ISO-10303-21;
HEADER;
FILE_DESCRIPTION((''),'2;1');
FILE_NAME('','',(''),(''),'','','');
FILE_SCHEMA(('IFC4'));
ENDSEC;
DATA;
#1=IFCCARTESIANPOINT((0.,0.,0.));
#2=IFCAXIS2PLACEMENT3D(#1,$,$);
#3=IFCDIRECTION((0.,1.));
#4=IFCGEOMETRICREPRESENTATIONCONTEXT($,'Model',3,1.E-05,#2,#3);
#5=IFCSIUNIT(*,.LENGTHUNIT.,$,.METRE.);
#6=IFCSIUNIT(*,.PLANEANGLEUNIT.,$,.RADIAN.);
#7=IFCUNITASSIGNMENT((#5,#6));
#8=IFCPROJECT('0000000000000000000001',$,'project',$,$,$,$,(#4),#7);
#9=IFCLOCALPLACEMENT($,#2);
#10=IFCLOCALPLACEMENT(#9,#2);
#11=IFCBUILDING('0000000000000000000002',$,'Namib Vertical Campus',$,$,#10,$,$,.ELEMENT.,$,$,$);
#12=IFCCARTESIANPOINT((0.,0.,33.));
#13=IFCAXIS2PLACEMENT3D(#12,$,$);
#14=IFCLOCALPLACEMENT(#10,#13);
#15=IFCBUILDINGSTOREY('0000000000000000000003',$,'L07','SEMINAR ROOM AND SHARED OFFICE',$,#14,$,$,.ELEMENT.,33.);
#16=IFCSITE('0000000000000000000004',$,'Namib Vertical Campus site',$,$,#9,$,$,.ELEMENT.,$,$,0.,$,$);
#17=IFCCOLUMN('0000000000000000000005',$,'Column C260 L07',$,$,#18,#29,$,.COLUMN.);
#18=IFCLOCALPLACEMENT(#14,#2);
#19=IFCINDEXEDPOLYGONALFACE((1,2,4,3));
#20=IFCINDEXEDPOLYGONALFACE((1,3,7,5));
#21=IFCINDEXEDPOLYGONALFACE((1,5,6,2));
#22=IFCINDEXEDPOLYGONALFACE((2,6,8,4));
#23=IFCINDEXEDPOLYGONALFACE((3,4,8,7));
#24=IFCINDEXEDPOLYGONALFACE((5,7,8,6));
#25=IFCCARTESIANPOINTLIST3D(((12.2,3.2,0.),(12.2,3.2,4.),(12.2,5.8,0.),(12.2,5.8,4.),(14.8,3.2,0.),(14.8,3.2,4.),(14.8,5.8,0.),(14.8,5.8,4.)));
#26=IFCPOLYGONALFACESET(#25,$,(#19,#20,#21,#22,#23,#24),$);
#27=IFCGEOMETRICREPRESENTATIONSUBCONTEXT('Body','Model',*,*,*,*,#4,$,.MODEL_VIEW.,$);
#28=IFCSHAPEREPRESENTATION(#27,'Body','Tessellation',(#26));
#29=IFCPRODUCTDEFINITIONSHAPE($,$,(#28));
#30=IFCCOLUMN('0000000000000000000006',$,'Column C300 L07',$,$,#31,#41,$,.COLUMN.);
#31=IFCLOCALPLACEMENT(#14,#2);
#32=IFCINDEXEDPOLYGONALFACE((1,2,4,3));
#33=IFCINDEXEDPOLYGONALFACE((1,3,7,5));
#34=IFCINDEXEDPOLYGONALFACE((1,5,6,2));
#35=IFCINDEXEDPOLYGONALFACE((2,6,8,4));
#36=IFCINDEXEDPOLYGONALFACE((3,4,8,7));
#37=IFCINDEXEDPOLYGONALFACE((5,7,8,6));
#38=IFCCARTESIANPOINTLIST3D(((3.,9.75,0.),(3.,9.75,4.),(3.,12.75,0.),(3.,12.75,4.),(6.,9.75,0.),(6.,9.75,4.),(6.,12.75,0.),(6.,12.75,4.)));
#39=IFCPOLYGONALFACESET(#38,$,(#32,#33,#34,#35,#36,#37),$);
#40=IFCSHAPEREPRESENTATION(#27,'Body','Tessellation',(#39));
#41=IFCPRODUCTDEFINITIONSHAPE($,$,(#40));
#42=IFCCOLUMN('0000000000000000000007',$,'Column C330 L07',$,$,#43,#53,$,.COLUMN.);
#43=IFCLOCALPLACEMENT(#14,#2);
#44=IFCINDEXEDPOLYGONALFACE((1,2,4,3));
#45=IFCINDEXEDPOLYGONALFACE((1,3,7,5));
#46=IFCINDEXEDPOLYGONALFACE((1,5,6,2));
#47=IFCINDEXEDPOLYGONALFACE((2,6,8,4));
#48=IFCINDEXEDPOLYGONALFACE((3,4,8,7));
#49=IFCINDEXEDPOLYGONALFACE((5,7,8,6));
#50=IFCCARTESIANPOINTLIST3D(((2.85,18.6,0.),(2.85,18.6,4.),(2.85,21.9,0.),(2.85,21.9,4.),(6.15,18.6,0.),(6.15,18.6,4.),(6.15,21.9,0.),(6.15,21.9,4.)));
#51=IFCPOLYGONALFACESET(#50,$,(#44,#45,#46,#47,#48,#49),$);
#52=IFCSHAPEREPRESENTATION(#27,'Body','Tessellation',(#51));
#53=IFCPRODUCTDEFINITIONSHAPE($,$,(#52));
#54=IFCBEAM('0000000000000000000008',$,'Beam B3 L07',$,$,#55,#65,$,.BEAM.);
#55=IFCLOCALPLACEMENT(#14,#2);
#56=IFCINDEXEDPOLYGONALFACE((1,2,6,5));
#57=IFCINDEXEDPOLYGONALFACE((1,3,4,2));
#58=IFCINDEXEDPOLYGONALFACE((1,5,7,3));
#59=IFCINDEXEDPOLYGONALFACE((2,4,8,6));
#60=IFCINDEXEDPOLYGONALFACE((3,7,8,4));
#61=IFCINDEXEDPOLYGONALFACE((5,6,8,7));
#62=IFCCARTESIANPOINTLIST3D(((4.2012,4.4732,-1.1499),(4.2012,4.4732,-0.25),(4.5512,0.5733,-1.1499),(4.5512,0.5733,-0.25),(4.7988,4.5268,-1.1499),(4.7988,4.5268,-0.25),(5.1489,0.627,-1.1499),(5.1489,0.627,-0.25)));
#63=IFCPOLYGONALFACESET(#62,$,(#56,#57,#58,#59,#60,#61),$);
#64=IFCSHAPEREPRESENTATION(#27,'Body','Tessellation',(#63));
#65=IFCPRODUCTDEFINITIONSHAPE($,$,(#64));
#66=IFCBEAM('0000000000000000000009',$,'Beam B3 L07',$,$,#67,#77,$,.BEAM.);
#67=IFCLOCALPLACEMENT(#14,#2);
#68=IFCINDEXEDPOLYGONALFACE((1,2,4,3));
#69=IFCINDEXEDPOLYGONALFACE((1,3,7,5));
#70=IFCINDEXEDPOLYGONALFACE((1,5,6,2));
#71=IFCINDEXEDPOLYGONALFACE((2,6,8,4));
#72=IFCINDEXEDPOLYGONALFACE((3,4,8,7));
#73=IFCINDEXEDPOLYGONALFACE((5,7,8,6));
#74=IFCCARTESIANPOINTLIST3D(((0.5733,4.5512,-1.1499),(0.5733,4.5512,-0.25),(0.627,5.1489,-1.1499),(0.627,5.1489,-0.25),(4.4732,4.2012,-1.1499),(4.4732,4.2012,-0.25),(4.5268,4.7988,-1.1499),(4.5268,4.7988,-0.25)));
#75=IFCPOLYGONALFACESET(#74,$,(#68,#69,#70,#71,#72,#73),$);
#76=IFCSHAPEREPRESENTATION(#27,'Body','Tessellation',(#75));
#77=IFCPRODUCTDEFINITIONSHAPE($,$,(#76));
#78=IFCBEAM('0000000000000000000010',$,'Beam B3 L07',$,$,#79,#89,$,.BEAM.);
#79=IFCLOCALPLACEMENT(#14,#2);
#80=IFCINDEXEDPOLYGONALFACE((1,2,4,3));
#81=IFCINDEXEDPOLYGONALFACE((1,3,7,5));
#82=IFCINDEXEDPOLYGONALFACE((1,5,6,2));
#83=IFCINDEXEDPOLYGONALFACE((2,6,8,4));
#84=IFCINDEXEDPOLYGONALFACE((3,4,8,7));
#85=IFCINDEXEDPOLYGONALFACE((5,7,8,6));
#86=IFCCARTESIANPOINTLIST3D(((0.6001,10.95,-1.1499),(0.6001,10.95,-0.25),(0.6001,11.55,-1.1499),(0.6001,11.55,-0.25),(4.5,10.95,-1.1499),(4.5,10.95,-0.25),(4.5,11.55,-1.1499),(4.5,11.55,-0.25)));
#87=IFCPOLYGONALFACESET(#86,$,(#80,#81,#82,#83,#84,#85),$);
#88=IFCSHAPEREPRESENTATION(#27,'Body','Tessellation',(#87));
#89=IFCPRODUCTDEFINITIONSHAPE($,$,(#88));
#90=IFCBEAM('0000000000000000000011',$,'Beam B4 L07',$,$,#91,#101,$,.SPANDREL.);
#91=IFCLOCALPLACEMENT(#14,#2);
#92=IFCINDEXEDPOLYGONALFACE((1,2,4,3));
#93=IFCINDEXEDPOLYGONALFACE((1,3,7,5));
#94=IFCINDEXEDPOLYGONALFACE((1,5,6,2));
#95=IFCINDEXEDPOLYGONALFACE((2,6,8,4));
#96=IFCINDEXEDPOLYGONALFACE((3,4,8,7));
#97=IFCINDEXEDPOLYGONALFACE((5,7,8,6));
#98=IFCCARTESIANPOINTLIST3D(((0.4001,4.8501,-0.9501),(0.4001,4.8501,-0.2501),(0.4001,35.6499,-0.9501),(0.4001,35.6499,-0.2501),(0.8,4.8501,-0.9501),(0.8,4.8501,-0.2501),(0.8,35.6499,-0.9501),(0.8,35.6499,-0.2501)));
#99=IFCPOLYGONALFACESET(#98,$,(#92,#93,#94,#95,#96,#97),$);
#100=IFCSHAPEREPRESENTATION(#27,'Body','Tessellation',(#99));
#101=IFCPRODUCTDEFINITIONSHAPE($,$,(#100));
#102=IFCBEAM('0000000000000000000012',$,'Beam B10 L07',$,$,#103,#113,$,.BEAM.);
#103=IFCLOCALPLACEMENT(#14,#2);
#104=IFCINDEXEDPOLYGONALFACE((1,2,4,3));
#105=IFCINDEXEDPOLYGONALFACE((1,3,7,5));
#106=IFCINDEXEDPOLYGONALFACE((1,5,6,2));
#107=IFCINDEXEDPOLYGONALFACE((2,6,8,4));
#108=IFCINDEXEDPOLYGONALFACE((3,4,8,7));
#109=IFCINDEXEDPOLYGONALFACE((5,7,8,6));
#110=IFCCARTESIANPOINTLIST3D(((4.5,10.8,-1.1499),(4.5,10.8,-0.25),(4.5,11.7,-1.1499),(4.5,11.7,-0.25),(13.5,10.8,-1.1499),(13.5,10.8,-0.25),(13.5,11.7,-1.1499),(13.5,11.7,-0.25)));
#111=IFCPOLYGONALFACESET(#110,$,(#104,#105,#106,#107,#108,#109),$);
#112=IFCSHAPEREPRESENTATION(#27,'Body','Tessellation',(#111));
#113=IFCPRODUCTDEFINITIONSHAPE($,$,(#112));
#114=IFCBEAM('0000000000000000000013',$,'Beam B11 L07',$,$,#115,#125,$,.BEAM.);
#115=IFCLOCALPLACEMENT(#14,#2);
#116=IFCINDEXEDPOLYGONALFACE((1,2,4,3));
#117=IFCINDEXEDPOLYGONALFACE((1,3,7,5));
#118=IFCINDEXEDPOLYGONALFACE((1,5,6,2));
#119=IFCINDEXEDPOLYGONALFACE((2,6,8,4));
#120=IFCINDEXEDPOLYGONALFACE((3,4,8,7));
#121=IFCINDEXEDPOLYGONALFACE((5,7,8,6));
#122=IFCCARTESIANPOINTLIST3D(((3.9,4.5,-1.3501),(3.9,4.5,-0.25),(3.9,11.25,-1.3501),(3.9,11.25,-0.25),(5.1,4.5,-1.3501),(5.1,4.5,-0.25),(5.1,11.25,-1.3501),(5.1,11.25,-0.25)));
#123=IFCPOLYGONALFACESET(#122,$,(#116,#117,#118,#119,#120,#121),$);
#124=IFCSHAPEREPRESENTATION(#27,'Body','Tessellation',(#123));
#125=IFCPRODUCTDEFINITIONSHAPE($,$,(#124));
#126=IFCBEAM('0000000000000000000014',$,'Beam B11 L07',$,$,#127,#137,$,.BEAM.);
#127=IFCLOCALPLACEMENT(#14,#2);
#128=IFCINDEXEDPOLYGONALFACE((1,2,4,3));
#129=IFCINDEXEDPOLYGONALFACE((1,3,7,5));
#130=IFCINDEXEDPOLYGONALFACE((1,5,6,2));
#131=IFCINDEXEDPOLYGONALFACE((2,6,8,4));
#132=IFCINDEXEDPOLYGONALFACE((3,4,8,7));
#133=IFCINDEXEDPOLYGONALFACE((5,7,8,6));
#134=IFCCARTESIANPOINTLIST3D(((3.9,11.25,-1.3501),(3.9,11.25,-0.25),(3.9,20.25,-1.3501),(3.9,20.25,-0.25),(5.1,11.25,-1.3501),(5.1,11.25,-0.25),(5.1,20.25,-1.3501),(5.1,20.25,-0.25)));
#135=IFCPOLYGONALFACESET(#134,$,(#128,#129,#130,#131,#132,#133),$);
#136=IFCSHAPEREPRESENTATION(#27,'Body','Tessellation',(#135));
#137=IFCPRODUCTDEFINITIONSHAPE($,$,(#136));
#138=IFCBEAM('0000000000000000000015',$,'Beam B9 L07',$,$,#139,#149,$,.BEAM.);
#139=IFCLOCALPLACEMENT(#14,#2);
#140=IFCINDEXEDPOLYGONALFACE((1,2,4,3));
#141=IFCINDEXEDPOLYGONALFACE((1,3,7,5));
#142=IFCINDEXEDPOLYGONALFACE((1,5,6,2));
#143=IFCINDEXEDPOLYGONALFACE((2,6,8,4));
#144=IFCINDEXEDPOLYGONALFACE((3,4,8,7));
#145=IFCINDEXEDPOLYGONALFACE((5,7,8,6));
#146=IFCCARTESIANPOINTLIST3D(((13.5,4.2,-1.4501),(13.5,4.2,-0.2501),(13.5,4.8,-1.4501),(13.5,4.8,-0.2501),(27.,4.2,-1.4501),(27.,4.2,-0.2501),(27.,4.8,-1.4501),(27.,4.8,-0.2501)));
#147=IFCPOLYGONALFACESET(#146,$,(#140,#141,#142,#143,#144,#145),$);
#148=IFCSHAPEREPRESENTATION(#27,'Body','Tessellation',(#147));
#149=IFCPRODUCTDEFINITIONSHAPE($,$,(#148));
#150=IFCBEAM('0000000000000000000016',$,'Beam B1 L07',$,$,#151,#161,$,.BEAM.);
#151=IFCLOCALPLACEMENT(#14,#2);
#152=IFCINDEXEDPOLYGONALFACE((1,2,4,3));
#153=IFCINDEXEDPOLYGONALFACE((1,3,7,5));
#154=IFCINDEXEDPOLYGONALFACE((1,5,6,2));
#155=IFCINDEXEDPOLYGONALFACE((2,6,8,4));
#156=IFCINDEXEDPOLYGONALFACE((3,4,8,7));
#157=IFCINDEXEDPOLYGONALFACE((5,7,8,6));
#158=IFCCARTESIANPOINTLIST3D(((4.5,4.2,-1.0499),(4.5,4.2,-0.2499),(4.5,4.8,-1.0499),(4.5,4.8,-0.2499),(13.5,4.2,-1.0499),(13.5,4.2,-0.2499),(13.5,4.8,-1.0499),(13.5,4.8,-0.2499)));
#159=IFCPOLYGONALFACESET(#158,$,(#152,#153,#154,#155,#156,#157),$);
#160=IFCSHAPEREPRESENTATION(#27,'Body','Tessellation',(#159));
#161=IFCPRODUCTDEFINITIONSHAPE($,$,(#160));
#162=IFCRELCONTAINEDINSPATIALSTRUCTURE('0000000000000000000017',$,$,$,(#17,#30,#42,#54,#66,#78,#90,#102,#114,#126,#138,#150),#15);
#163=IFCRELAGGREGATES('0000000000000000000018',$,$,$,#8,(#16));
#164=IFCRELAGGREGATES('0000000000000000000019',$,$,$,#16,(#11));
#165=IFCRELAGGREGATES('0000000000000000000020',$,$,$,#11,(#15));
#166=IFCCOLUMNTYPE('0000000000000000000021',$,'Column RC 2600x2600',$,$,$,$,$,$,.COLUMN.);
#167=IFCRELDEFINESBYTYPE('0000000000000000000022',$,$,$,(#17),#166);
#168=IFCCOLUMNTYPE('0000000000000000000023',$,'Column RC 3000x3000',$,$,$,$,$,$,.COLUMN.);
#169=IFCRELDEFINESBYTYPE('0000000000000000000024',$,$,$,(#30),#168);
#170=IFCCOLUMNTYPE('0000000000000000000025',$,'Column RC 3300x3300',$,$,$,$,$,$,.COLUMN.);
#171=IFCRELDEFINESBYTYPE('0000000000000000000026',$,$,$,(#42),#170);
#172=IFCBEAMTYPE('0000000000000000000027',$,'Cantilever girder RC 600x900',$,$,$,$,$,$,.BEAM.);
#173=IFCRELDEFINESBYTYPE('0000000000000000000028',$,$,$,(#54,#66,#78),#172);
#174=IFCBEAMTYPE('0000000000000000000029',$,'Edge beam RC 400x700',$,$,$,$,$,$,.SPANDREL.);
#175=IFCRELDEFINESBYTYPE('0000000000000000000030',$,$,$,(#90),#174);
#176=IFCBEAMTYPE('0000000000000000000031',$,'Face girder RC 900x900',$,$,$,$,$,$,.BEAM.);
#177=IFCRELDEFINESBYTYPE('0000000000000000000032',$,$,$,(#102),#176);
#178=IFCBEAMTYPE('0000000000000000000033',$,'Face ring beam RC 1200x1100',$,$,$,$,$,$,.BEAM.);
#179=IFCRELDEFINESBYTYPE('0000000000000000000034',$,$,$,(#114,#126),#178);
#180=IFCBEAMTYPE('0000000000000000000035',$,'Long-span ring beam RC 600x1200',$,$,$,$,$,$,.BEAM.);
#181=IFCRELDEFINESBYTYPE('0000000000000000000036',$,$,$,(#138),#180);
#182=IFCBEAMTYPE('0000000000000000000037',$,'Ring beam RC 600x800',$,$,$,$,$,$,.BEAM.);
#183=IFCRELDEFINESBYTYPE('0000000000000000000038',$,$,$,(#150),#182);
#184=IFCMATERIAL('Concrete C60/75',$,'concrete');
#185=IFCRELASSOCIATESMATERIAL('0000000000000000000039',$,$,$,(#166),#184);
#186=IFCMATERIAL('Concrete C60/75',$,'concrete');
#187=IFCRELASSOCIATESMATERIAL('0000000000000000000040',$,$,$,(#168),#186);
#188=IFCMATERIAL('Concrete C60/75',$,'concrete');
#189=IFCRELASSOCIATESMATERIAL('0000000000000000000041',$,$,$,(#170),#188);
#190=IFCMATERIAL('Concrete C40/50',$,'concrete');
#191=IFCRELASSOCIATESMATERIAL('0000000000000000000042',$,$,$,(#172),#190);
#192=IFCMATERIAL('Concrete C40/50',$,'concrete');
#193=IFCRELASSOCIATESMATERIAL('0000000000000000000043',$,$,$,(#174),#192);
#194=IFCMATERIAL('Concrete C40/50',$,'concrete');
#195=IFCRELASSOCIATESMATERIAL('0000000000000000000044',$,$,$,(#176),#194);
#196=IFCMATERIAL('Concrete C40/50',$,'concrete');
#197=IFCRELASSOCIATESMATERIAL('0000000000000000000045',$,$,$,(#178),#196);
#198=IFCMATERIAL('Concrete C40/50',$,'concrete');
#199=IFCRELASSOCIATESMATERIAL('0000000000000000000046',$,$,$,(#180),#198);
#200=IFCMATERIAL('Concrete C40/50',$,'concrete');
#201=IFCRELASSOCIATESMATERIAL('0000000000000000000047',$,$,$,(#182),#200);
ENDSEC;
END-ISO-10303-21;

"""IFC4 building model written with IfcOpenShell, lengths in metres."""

from ifc_helpers import new_model, si_unit, direction, frame, origin, origin_2d, place, context, subcontext, project, spatial, rectangle, extrude, material, material_profile, profile_set, type_object, element, save


model = new_model("IFC4")

# Units and contexts
model_context = context("Model", 3, precision=1e-05, world=origin(), true_north=direction((0.0, 1.0)))
body_context = subcontext(model_context, "Body", "Model", "MODEL_VIEW")
ifc_project = project(units=[si_unit("LENGTHUNIT", "METRE"), si_unit("PLANEANGLEUNIT", "RADIAN")], contexts=[model_context])

# Site, building, storey
site_placement = place(None, origin())
site = spatial("IfcSite", under=ifc_project, at=site_placement, Name="Namib Vertical Campus site", CompositionType="ELEMENT", RefElevation=0.0)
building_placement = place(site_placement, origin())
building = spatial("IfcBuilding", under=site, at=building_placement, Name="Namib Vertical Campus", CompositionType="ELEMENT")
storey_placement = place(building_placement, frame((0.0, 0.0, 33.0)))
storey = spatial("IfcBuildingStorey", under=building, at=storey_placement, Name="L07", Description="SEMINAR ROOM AND SHARED OFFICE", CompositionType="ELEMENT", Elevation=33.0)

# Columns
ifc_material_1 = material(Name="Concrete C60/75", Category="concrete")
ifc_material_profile_1 = material_profile(ifc_material_1, rectangle(XDim=2.6001, YDim=2.6001, at=origin_2d()))
ifc_profile_set_1 = profile_set([ifc_material_profile_1], Name="Concrete C60/75")
column_type_1 = type_object("IfcColumnType", Name="Column RC 2600x2600", PredefinedType="COLUMN", material=ifc_profile_set_1)
column_1_placement = place(storey_placement, frame((13.5, 4.5, 0.0), z_axis=(0.0, 0.0, 1.0), x_axis=(1.0, 0.0, 0.0)))
element("IfcColumn", 1, at=column_1_placement, inside=storey, type_object=column_type_1, Name="Column C260 L07", PredefinedType="COLUMN", context=body_context, shape_type="SweptSolid", body=[
    extrude(rectangle(XDim=2.6001, YDim=2.6001, at=origin_2d()), origin(), (0.0, 0.0, 1.0), 4.0),
])
ifc_material_2 = material(Name="Concrete C60/75", Category="concrete")
ifc_material_profile_2 = material_profile(ifc_material_2, rectangle(XDim=3.0, YDim=3.0, at=origin_2d()))
ifc_profile_set_2 = profile_set([ifc_material_profile_2], Name="Concrete C60/75")
column_type_2 = type_object("IfcColumnType", Name="Column RC 3000x3000", PredefinedType="COLUMN", material=ifc_profile_set_2)
column_2_placement = place(storey_placement, frame((4.5, 11.25, 0.0), z_axis=(0.0, 0.0, 1.0), x_axis=(1.0, 0.0, 0.0)))
element("IfcColumn", 2, at=column_2_placement, inside=storey, type_object=column_type_2, Name="Column C300 L07", PredefinedType="COLUMN", context=body_context, shape_type="SweptSolid", body=[
    extrude(rectangle(XDim=3.0, YDim=3.0, at=origin_2d()), origin(), (0.0, 0.0, 1.0), 4.0),
])
ifc_material_3 = material(Name="Concrete C60/75", Category="concrete")
ifc_material_profile_3 = material_profile(ifc_material_3, rectangle(XDim=3.3, YDim=3.3, at=origin_2d()))
ifc_profile_set_3 = profile_set([ifc_material_profile_3], Name="Concrete C60/75")
column_type_3 = type_object("IfcColumnType", Name="Column RC 3300x3300", PredefinedType="COLUMN", material=ifc_profile_set_3)
column_3_placement = place(storey_placement, frame((4.5, 20.25, 0.0), z_axis=(0.0, 0.0, 1.0), x_axis=(1.0, 0.0, 0.0)))
element("IfcColumn", 3, at=column_3_placement, inside=storey, type_object=column_type_3, Name="Column C330 L07", PredefinedType="COLUMN", context=body_context, shape_type="SweptSolid", body=[
    extrude(rectangle(XDim=3.3, YDim=3.3, at=origin_2d()), origin(), (0.0, 0.0, 1.0), 4.0),
])

# Beams
ifc_material_4 = material(Name="Concrete C40/50", Category="concrete")
ifc_material_profile_4 = material_profile(ifc_material_4, rectangle(XDim=0.6001, YDim=0.8999, at=origin_2d()))
ifc_profile_set_4 = profile_set([ifc_material_profile_4], Name="Concrete C40/50")
beam_type_1 = type_object("IfcBeamType", Name="Cantilever girder RC 600x900", PredefinedType="BEAM", material=ifc_profile_set_4)
for number, where, z_axis, x_axis, name in (
    (4, (4.5, 4.5, -0.7), (0.089411, -0.995995, 0.0), (0.995995, 0.089411, 0.0), "Beam B3 L07"),
    (5, (4.5, 4.5, -0.7), (-0.995995, 0.089411, 0.0), (-0.089411, -0.995995, 0.0), "Beam B3 L07"),
):
    element("IfcBeam", number, at=place(storey_placement, frame(where, z_axis=z_axis, x_axis=x_axis)), inside=storey, type_object=beam_type_1, Name=name, PredefinedType="BEAM", context=body_context, shape_type="SweptSolid", body=[
        extrude(rectangle(XDim=0.6001, YDim=0.8999, at=origin_2d()), origin(), (0.0, 0.0, 1.0), 3.9155),
    ])
beam_1_placement = place(storey_placement, frame((4.5, 11.25, -0.7), z_axis=(-1.0, 0.0, 0.0), x_axis=(0.0, -1.0, 0.0)))
element("IfcBeam", 6, at=beam_1_placement, inside=storey, type_object=beam_type_1, Name="Beam B3 L07", PredefinedType="BEAM", context=body_context, shape_type="SweptSolid", body=[
    extrude(rectangle(XDim=0.6001, YDim=0.8999, at=origin_2d()), origin(), (0.0, 0.0, 1.0), 3.8999),
])
ifc_material_5 = material(Name="Concrete C40/50", Category="concrete")
ifc_material_profile_5 = material_profile(ifc_material_5, rectangle(XDim=0.3999, YDim=0.7, at=origin_2d()))
ifc_profile_set_5 = profile_set([ifc_material_profile_5], Name="Concrete C40/50")
beam_type_2 = type_object("IfcBeamType", Name="Edge beam RC 400x700", PredefinedType="SPANDREL", material=ifc_profile_set_5)
beam_2_placement = place(storey_placement, frame((0.6001, 4.8501, -0.6001), z_axis=(0.0, 1.0, 0.0), x_axis=(-1.0, 0.0, 0.0)))
element("IfcBeam", 7, at=beam_2_placement, inside=storey, type_object=beam_type_2, Name="Beam B4 L07", PredefinedType="SPANDREL", context=body_context, shape_type="SweptSolid", body=[
    extrude(rectangle(XDim=0.3999, YDim=0.7, at=origin_2d()), origin(), (0.0, 0.0, 1.0), 30.7998),
])
ifc_material_6 = material(Name="Concrete C40/50", Category="concrete")
ifc_material_profile_6 = material_profile(ifc_material_6, rectangle(XDim=0.8999, YDim=0.8999, at=origin_2d()))
ifc_profile_set_6 = profile_set([ifc_material_profile_6], Name="Concrete C40/50")
beam_type_3 = type_object("IfcBeamType", Name="Face girder RC 900x900", PredefinedType="BEAM", material=ifc_profile_set_6)
beam_3_placement = place(storey_placement, frame((4.5, 11.25, -0.7), z_axis=(1.0, 0.0, 0.0), x_axis=(0.0, 1.0, 0.0)))
element("IfcBeam", 8, at=beam_3_placement, inside=storey, type_object=beam_type_3, Name="Beam B10 L07", PredefinedType="BEAM", context=body_context, shape_type="SweptSolid", body=[
    extrude(rectangle(XDim=0.8999, YDim=0.8999, at=origin_2d()), origin(), (0.0, 0.0, 1.0), 9.0),
])
ifc_material_7 = material(Name="Concrete C40/50", Category="concrete")
ifc_material_profile_7 = material_profile(ifc_material_7, rectangle(XDim=1.2, YDim=1.1001, at=origin_2d()))
ifc_profile_set_7 = profile_set([ifc_material_profile_7], Name="Concrete C40/50")
beam_type_4 = type_object("IfcBeamType", Name="Face ring beam RC 1200x1100", PredefinedType="BEAM", material=ifc_profile_set_7)
beam_4_placement = place(storey_placement, frame((4.5, 4.5, -0.8), z_axis=(0.0, 1.0, 0.0), x_axis=(-1.0, 0.0, 0.0)))
element("IfcBeam", 9, at=beam_4_placement, inside=storey, type_object=beam_type_4, Name="Beam B11 L07", PredefinedType="BEAM", context=body_context, shape_type="SweptSolid", body=[
    extrude(rectangle(XDim=1.2, YDim=1.1001, at=origin_2d()), origin(), (0.0, 0.0, 1.0), 6.75),
])
beam_5_placement = place(storey_placement, frame((4.5, 11.25, -0.8), z_axis=(0.0, 1.0, 0.0), x_axis=(-1.0, 0.0, 0.0)))
element("IfcBeam", 10, at=beam_5_placement, inside=storey, type_object=beam_type_4, Name="Beam B11 L07", PredefinedType="BEAM", context=body_context, shape_type="SweptSolid", body=[
    extrude(rectangle(XDim=1.2, YDim=1.1001, at=origin_2d()), origin(), (0.0, 0.0, 1.0), 9.0),
])
ifc_material_8 = material(Name="Concrete C40/50", Category="concrete")
ifc_material_profile_8 = material_profile(ifc_material_8, rectangle(XDim=0.6001, YDim=1.2, at=origin_2d()))
ifc_profile_set_8 = profile_set([ifc_material_profile_8], Name="Concrete C40/50")
beam_type_5 = type_object("IfcBeamType", Name="Long-span ring beam RC 600x1200", PredefinedType="BEAM", material=ifc_profile_set_8)
beam_6_placement = place(storey_placement, frame((13.5, 4.5, -0.8501), z_axis=(1.0, 0.0, 0.0), x_axis=(0.0, 1.0, 0.0)))
element("IfcBeam", 11, at=beam_6_placement, inside=storey, type_object=beam_type_5, Name="Beam B9 L07", PredefinedType="BEAM", context=body_context, shape_type="SweptSolid", body=[
    extrude(rectangle(XDim=0.6001, YDim=1.2, at=origin_2d()), origin(), (0.0, 0.0, 1.0), 13.5),
])
ifc_material_9 = material(Name="Concrete C40/50", Category="concrete")
ifc_material_profile_9 = material_profile(ifc_material_9, rectangle(XDim=0.6001, YDim=0.8, at=origin_2d()))
ifc_profile_set_9 = profile_set([ifc_material_profile_9], Name="Concrete C40/50")
beam_type_6 = type_object("IfcBeamType", Name="Ring beam RC 600x800", PredefinedType="BEAM", material=ifc_profile_set_9)
beam_7_placement = place(storey_placement, frame((4.5, 4.5, -0.6499), z_axis=(1.0, 0.0, 0.0), x_axis=(0.0, 1.0, 0.0)))
element("IfcBeam", 12, at=beam_7_placement, inside=storey, type_object=beam_type_6, Name="Beam B1 L07", PredefinedType="BEAM", context=body_context, shape_type="SweptSolid", body=[
    extrude(rectangle(XDim=0.6001, YDim=0.8, at=origin_2d()), origin(), (0.0, 0.0, 1.0), 9.0),
])

save(model, "model.ifc")
